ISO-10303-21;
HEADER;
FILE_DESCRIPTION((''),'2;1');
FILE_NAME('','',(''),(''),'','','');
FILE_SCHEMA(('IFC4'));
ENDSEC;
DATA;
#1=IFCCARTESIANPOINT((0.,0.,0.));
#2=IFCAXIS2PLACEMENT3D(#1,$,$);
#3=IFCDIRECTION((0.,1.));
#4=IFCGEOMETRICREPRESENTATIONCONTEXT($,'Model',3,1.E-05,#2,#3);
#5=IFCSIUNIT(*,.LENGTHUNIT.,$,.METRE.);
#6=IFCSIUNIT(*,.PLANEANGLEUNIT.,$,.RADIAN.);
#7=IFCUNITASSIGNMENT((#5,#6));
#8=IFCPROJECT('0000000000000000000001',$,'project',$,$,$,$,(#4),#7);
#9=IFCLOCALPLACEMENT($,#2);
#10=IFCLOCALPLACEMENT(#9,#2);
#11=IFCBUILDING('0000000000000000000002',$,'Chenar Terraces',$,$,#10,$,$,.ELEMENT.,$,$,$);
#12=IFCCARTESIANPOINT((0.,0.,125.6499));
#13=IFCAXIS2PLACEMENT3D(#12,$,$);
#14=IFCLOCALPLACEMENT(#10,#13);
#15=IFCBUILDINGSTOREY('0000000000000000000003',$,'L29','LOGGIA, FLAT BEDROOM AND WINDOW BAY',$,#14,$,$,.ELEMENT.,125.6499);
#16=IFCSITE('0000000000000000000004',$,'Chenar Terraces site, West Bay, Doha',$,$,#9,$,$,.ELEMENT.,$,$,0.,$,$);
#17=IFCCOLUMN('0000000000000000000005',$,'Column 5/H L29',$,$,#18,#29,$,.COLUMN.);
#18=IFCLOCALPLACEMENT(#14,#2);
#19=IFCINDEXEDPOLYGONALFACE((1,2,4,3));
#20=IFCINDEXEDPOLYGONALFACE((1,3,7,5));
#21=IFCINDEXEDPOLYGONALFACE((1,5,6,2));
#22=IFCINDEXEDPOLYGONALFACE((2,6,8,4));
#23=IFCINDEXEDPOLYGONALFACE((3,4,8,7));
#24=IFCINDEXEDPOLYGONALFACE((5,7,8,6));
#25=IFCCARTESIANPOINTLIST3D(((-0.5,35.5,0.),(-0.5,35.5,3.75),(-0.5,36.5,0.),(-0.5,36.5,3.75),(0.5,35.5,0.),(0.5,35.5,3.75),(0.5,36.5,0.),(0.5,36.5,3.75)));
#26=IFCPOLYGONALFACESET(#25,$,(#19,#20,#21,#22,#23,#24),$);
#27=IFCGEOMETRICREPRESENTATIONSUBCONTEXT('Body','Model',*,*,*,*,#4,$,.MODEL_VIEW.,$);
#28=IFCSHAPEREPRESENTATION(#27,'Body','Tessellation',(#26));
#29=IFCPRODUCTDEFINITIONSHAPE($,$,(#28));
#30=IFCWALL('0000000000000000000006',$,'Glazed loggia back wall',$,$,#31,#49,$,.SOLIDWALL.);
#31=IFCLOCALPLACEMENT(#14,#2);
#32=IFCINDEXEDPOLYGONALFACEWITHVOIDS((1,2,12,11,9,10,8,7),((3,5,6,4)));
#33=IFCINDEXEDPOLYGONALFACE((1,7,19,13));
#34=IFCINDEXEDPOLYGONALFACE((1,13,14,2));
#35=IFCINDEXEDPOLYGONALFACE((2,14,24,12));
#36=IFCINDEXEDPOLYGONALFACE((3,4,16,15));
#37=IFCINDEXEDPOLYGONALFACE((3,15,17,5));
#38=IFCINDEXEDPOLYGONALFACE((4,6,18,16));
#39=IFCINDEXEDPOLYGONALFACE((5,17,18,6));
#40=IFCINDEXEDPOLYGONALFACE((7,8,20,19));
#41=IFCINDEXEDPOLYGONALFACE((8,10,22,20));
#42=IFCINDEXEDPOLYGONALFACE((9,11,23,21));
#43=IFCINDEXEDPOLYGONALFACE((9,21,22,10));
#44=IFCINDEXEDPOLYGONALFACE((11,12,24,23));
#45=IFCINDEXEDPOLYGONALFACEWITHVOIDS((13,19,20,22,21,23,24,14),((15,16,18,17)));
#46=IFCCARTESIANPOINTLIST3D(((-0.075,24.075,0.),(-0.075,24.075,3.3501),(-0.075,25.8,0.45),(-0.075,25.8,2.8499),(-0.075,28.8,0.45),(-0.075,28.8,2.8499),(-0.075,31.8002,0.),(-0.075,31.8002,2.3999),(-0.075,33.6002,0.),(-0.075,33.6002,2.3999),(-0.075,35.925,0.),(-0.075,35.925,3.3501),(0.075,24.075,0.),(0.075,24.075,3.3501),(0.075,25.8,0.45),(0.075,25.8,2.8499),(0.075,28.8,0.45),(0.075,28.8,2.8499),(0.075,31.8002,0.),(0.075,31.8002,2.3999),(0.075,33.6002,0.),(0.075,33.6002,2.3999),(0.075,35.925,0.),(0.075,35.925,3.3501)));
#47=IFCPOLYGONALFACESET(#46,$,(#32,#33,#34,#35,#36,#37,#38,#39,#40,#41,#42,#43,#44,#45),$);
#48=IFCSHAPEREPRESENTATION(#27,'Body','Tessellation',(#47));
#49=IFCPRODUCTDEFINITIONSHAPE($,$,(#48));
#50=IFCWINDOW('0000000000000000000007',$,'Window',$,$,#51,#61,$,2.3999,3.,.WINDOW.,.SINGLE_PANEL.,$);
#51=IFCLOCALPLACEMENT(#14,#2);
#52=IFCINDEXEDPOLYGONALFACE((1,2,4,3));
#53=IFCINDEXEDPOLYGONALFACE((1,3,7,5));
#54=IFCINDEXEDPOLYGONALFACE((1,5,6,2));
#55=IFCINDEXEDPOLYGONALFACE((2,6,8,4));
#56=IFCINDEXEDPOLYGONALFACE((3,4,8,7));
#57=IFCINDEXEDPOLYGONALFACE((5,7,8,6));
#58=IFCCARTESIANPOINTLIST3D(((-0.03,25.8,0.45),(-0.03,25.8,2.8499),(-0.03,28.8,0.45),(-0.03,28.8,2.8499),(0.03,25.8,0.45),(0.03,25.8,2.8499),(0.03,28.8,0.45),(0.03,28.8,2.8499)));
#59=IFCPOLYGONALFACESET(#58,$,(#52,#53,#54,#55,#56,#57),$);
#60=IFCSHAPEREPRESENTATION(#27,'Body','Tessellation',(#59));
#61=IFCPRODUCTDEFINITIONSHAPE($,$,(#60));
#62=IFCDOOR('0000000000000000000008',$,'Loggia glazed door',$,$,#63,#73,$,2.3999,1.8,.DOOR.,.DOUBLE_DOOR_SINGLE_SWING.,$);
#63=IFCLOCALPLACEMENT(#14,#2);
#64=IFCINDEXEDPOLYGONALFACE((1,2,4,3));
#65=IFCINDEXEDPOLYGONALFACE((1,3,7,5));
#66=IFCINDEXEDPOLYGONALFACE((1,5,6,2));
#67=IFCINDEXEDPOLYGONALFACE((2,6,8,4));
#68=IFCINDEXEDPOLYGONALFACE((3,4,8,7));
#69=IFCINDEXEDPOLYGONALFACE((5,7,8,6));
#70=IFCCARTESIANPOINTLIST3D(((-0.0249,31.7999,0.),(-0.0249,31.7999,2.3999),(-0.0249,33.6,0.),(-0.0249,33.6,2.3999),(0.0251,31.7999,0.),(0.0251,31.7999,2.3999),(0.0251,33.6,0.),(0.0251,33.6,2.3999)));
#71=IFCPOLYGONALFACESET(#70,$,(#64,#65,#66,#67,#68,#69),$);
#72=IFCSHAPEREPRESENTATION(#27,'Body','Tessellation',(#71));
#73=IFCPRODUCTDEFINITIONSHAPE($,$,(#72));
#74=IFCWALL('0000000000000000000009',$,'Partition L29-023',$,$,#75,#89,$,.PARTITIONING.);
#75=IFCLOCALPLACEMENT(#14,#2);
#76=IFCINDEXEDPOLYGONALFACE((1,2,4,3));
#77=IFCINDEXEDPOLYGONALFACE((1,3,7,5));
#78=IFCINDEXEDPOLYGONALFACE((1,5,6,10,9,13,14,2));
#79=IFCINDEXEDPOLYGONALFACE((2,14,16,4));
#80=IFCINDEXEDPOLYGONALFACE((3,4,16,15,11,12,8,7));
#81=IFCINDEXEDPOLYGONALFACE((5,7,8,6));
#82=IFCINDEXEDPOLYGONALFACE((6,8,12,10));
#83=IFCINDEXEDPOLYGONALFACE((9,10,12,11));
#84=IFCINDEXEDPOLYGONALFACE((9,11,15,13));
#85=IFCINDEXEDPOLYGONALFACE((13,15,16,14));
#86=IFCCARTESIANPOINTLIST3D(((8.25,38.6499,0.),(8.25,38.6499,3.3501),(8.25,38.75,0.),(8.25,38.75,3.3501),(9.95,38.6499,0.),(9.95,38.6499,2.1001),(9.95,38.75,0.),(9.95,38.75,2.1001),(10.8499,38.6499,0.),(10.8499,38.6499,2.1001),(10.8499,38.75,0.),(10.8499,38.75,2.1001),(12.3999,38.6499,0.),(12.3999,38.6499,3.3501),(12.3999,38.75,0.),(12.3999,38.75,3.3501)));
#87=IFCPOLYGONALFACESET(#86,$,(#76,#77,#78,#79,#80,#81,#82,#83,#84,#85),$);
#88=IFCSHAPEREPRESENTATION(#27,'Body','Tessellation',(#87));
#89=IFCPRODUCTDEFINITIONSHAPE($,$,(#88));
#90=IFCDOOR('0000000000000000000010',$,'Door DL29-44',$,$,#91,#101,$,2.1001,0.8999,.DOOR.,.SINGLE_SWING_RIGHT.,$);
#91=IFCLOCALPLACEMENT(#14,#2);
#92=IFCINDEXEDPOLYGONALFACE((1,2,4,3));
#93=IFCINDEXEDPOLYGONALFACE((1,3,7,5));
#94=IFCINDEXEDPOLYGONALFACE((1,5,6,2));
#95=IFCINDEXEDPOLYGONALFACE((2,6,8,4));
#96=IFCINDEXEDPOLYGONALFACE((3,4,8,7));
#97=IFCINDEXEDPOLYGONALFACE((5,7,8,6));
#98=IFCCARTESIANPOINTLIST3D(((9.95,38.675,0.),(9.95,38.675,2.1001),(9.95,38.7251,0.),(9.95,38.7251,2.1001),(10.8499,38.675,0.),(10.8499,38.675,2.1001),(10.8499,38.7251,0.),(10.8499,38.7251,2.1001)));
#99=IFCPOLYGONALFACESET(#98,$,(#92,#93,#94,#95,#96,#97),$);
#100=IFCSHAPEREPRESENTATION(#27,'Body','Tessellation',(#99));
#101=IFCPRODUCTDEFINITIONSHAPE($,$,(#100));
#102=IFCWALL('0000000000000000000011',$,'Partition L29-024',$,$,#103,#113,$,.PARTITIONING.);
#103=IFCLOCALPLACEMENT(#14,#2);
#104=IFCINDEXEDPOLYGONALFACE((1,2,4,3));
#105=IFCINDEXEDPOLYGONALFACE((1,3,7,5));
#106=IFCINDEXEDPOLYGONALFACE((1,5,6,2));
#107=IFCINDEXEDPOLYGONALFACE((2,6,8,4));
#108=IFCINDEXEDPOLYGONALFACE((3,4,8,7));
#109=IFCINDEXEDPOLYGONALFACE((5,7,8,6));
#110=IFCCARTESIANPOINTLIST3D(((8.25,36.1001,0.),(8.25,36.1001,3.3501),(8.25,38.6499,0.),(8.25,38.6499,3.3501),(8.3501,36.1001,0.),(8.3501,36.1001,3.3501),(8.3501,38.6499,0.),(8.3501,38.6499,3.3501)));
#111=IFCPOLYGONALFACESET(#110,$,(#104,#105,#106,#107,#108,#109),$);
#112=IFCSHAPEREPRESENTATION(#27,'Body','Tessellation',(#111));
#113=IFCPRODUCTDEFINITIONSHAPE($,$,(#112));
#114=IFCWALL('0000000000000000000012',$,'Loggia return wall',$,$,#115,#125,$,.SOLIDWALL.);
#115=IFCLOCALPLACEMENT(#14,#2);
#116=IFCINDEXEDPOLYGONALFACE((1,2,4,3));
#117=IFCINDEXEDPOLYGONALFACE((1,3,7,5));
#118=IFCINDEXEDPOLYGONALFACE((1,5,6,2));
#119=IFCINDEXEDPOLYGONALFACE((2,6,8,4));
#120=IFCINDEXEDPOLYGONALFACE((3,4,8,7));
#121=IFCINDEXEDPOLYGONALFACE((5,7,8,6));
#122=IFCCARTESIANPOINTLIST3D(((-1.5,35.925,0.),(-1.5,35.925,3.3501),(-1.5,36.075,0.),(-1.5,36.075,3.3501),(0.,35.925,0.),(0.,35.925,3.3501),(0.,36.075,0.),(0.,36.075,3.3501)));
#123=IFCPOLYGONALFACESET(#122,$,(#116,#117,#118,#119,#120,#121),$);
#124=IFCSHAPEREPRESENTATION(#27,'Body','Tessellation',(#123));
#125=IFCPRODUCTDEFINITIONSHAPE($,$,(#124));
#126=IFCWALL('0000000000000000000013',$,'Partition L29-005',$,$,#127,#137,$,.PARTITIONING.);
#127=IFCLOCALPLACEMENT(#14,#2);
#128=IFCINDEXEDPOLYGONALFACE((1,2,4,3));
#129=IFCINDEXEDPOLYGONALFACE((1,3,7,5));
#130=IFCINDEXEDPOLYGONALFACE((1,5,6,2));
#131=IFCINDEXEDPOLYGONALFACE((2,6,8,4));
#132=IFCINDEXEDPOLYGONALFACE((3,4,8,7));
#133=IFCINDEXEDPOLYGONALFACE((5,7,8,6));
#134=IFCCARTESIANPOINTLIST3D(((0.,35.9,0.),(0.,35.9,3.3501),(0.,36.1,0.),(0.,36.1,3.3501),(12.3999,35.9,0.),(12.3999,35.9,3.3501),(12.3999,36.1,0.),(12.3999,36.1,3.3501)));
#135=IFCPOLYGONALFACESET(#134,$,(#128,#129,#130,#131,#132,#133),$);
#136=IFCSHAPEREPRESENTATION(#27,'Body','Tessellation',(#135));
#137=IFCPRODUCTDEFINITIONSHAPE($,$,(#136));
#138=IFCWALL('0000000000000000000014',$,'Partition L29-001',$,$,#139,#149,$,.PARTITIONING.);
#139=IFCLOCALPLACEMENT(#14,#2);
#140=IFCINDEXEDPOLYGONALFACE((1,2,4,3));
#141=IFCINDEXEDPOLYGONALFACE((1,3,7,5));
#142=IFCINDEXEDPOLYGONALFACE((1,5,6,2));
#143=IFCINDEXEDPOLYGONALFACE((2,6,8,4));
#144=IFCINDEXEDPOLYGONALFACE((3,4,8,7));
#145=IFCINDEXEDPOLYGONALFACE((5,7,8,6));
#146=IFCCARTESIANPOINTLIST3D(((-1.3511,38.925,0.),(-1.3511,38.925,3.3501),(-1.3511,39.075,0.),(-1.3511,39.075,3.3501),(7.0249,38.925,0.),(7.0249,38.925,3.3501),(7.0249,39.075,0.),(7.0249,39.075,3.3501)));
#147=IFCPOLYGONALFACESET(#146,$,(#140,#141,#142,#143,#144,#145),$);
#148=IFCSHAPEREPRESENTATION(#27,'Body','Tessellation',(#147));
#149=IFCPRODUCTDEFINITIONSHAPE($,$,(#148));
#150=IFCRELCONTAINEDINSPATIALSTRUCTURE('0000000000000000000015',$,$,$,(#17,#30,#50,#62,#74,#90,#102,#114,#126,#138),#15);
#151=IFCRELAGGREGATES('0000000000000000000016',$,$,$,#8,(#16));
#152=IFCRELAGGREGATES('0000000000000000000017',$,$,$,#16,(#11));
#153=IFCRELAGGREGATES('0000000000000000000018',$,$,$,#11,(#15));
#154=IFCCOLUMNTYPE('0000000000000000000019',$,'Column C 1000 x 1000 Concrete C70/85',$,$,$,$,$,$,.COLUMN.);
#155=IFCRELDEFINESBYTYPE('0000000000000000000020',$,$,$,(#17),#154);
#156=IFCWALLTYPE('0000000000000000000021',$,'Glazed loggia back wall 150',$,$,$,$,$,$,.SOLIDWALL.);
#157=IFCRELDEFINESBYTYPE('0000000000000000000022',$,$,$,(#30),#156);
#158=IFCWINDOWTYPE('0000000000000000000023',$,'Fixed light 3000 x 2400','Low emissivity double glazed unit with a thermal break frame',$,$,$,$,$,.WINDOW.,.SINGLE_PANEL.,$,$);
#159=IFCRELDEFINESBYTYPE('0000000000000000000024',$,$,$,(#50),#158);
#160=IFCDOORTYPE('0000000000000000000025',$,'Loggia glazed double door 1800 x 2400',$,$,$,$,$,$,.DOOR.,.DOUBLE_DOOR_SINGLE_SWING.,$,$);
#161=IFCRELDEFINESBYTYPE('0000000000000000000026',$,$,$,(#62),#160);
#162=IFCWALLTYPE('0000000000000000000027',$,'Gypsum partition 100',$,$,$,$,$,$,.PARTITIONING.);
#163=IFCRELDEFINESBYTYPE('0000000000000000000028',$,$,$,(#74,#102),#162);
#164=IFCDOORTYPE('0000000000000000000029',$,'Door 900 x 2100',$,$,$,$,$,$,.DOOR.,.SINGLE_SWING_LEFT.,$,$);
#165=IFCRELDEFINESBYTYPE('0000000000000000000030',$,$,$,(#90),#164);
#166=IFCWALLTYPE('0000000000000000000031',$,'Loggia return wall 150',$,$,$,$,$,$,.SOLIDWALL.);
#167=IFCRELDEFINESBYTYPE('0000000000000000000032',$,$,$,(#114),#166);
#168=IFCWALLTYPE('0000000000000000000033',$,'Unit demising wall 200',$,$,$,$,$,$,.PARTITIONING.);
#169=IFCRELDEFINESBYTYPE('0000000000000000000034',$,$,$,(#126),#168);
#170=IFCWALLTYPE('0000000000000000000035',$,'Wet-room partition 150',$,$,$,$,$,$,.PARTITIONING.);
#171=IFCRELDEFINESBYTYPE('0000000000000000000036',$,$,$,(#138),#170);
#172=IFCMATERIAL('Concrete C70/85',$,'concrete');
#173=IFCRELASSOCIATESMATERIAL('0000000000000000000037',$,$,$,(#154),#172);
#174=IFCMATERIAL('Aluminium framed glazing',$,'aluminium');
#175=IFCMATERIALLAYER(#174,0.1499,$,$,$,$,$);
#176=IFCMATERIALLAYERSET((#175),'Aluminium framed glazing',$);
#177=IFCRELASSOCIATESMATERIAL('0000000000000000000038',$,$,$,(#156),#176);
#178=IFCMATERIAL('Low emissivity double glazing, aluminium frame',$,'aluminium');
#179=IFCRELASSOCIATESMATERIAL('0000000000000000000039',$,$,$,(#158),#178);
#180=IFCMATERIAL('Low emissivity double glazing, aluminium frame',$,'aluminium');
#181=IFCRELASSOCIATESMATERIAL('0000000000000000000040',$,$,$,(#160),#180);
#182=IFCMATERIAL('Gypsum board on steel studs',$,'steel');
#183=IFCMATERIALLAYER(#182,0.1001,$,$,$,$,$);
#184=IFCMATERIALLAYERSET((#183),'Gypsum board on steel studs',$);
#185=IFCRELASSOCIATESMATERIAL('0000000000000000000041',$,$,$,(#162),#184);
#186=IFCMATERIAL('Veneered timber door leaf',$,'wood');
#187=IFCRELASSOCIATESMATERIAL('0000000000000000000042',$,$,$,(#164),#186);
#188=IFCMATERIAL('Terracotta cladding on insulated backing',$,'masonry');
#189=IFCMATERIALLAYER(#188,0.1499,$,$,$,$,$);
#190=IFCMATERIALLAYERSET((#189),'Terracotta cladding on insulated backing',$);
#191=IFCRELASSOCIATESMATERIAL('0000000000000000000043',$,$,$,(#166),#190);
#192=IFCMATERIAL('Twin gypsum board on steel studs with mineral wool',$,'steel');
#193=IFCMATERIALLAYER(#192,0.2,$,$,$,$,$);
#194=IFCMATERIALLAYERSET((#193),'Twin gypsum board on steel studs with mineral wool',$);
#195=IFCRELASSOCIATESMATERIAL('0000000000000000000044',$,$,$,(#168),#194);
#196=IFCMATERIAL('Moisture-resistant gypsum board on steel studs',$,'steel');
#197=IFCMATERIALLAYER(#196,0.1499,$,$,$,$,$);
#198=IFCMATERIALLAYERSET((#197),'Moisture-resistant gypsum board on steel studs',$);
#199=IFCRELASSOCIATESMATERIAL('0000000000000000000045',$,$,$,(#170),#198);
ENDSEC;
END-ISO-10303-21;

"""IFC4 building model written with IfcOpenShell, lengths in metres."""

from ifc_helpers import new_model, si_unit, direction, frame, frame_2d, origin, origin_2d, place, context, subcontext, project, spatial, rectangle, extrude, material, layer, layer_set, material_profile, profile_set, type_object, element, fill, save


model = new_model("IFC4")

# Units and contexts
model_context = context("Model", 3, precision=1e-05, world=origin(), true_north=direction((0.0, 1.0)))
body_context = subcontext(model_context, "Body", "Model", "MODEL_VIEW")
ifc_project = project(units=[si_unit("LENGTHUNIT", "METRE"), si_unit("PLANEANGLEUNIT", "RADIAN")], contexts=[model_context])

# Site, building, storey
site_placement = place(None, origin())
site = spatial("IfcSite", under=ifc_project, at=site_placement, Name="Chenar Terraces site, West Bay, Doha", CompositionType="ELEMENT", RefElevation=0.0)
building_placement = place(site_placement, origin())
building = spatial("IfcBuilding", under=site, at=building_placement, Name="Chenar Terraces", CompositionType="ELEMENT")
storey_placement = place(building_placement, frame((0.0, 0.0, 125.6499)))
storey = spatial("IfcBuildingStorey", under=building, at=storey_placement, Name="L29", Description="LOGGIA, FLAT BEDROOM AND WINDOW BAY", CompositionType="ELEMENT", Elevation=125.6499)

# Column
ifc_material_1 = material(Name="Concrete C70/85", Category="concrete")
ifc_material_profile = material_profile(ifc_material_1, rectangle(XDim=1.0, YDim=1.0, at=origin_2d()), Name="C 1000 x 1000")
ifc_profile_set = profile_set([ifc_material_profile], Name="Concrete C70/85")
column_type = type_object("IfcColumnType", Name="Column C 1000 x 1000 Concrete C70/85", PredefinedType="COLUMN", material=ifc_profile_set)
placement = place(storey_placement, frame((0.0, 36.0, 0.0), z_axis=(0.0, 0.0, 1.0), x_axis=(1.0, 0.0, 0.0)))
element("IfcColumn", 1, at=placement, inside=storey, type_object=column_type, Name="Column 5/H L29", PredefinedType="COLUMN", context=body_context, shape_type="SweptSolid", body=[
    extrude(rectangle(XDim=1.0, YDim=1.0, at=origin_2d()), origin(), (0.0, 0.0, 1.0), 3.75),
])

# Wall, openings, window, door
ifc_material_2 = material(Name="Aluminium framed glazing", Category="aluminium")
ifc_layer_1 = layer(ifc_material_2, 0.1499)
ifc_layer_set_1 = layer_set([ifc_layer_1], Name="Aluminium framed glazing")
wall_type_1 = type_object("IfcWallType", Name="Glazed loggia back wall 150", PredefinedType="SOLIDWALL", material=ifc_layer_set_1)
wall_1_placement = place(storey_placement, frame((0.0, 35.925, 0.0), z_axis=(0.0, 0.0, 1.0), x_axis=(0.0, -1.0, 0.0)))
wall_1 = element("IfcWall", 2, at=wall_1_placement, inside=storey, type_object=wall_type_1, Name="Glazed loggia back wall", PredefinedType="SOLIDWALL", context=body_context, shape_type="SweptSolid", body=[
    extrude(rectangle(XDim=11.8501, YDim=0.1499, at=frame_2d((5.925, 0.0))), origin(), (0.0, 0.0, 1.0), 3.3501),
])
opening_1_placement = place(wall_1_placement, frame((2.325, 0.0, 0.0)))
opening_1 = element("IfcOpeningElement", 3, at=opening_1_placement, cuts=wall_1, PredefinedType="OPENING", context=body_context, shape_type="SweptSolid", body=[
    extrude(rectangle(XDim=1.8, YDim=2.3999, at=frame_2d((0.8999, 1.2))), frame((0.0, 0.085, 0.0), z_axis=(0.0, -1.0, 0.0), x_axis=(1.0, 0.0, 0.0)), (0.0, 0.0, 1.0), 0.1699),
])
opening_2_placement = place(wall_1_placement, frame((7.125, 0.0, 0.45)))
opening_2 = element("IfcOpeningElement", 4, at=opening_2_placement, cuts=wall_1, PredefinedType="OPENING", context=body_context, shape_type="SweptSolid", body=[
    extrude(rectangle(XDim=3.0, YDim=2.3999, at=frame_2d((1.5, 1.2))), frame((0.0, 0.085, 0.0), z_axis=(0.0, -1.0, 0.0), x_axis=(1.0, 0.0, 0.0)), (0.0, 0.0, 1.0), 0.1699),
])
ifc_material_3 = material(Name="Low emissivity double glazing, aluminium frame", Category="aluminium")
window_type = type_object("IfcWindowType", Name="Fixed light 3000 x 2400", Description="Low emissivity double glazed unit with a thermal break frame", PartitioningType="SINGLE_PANEL", PredefinedType="WINDOW", material=ifc_material_3)
window_placement = place(opening_2_placement, origin())
window = element("IfcWindow", 5, at=window_placement, inside=storey, type_object=window_type, Name="Window", OverallHeight=2.3999, OverallWidth=3.0, PartitioningType="SINGLE_PANEL", PredefinedType="WINDOW", context=body_context, shape_type="SweptSolid", body=[
    extrude(rectangle(XDim=3.0, YDim=2.3999, at=frame_2d((1.5, 1.2))), frame((0.0, 0.03, 0.0), z_axis=(0.0, -1.0, 0.0), x_axis=(1.0, 0.0, 0.0)), (0.0, 0.0, 1.0), 0.0601),
])
fill(opening_2, window)
ifc_material_4 = material(Name="Low emissivity double glazing, aluminium frame", Category="aluminium")
door_type_1 = type_object("IfcDoorType", Name="Loggia glazed double door 1800 x 2400", OperationType="DOUBLE_DOOR_SINGLE_SWING", PredefinedType="DOOR", material=ifc_material_4)
door_1_placement = place(opening_1_placement, frame((1.8, 0.0, 0.0), z_axis=(0.0, 0.0, 1.0), x_axis=(-1.0, 0.0, 0.0)))
door_1 = element("IfcDoor", 6, at=door_1_placement, inside=storey, type_object=door_type_1, Name="Loggia glazed door", OperationType="DOUBLE_DOOR_SINGLE_SWING", OverallHeight=2.3999, OverallWidth=1.8, PredefinedType="DOOR", context=body_context, shape_type="SweptSolid", body=[
    extrude(rectangle(XDim=1.8, YDim=2.3999, at=frame_2d((0.8999, 1.2))), frame((0.0, 0.0249, 0.0), z_axis=(0.0, -1.0, 0.0), x_axis=(1.0, 0.0, 0.0)), (0.0, 0.0, 1.0), 0.05),
])
fill(opening_1, door_1)

# Wall, opening, door
ifc_material_5 = material(Name="Gypsum board on steel studs", Category="steel")
ifc_layer_2 = layer(ifc_material_5, 0.1001)
ifc_layer_set_2 = layer_set([ifc_layer_2], Name="Gypsum board on steel studs")
wall_type_2 = type_object("IfcWallType", Name="Gypsum partition 100", PredefinedType="PARTITIONING", material=ifc_layer_set_2)
wall_2_placement = place(storey_placement, frame((8.25, 38.7, 0.0), z_axis=(0.0, 0.0, 1.0), x_axis=(1.0, 0.0, 0.0)))
wall_2 = element("IfcWall", 7, at=wall_2_placement, inside=storey, type_object=wall_type_2, Name="Partition L29-023", PredefinedType="PARTITIONING", context=body_context, shape_type="SweptSolid", body=[
    extrude(rectangle(XDim=4.1499, YDim=0.1001, at=frame_2d((2.075, 0.0))), origin(), (0.0, 0.0, 1.0), 3.3501),
])
opening_3_placement = place(wall_2_placement, frame((1.7, 0.0, 0.0)))
opening_3 = element("IfcOpeningElement", 8, at=opening_3_placement, cuts=wall_2, PredefinedType="OPENING", context=body_context, shape_type="SweptSolid", body=[
    extrude(rectangle(XDim=0.8999, YDim=2.1001, at=frame_2d((0.45, 1.05))), frame((0.0, 0.0601, 0.0), z_axis=(0.0, -1.0, 0.0), x_axis=(1.0, 0.0, 0.0)), (0.0, 0.0, 1.0), 0.1201),
])
ifc_material_6 = material(Name="Veneered timber door leaf", Category="wood")
door_type_2 = type_object("IfcDoorType", Name="Door 900 x 2100", OperationType="SINGLE_SWING_LEFT", PredefinedType="DOOR", material=ifc_material_6)
door_2_placement = place(opening_3_placement, frame((0.8999, 0.0, 0.0), z_axis=(0.0, 0.0, 1.0), x_axis=(-1.0, 0.0, 0.0)))
door_2 = element("IfcDoor", 9, at=door_2_placement, inside=storey, type_object=door_type_2, Name="Door DL29-44", OperationType="SINGLE_SWING_RIGHT", OverallHeight=2.1001, OverallWidth=0.8999, PredefinedType="DOOR", context=body_context, shape_type="SweptSolid", body=[
    extrude(rectangle(XDim=0.8999, YDim=2.1001, at=frame_2d((0.45, 1.05))), frame((0.0, 0.0249, 0.0), z_axis=(0.0, -1.0, 0.0), x_axis=(1.0, 0.0, 0.0)), (0.0, 0.0, 1.0), 0.05),
])
fill(opening_3, door_2)

# Walls
wall_3_placement = place(storey_placement, frame((8.3, 36.1001, 0.0), z_axis=(0.0, 0.0, 1.0), x_axis=(0.0, 1.0, 0.0)))
element("IfcWall", 10, at=wall_3_placement, inside=storey, type_object=wall_type_2, Name="Partition L29-024", PredefinedType="PARTITIONING", context=body_context, shape_type="SweptSolid", body=[
    extrude(rectangle(XDim=2.5498, YDim=0.1001, at=frame_2d((1.2749, 0.0))), origin(), (0.0, 0.0, 1.0), 3.3501),
])
ifc_material_7 = material(Name="Terracotta cladding on insulated backing", Category="masonry")
ifc_layer_3 = layer(ifc_material_7, 0.1499)
ifc_layer_set_3 = layer_set([ifc_layer_3], Name="Terracotta cladding on insulated backing")
wall_type_3 = type_object("IfcWallType", Name="Loggia return wall 150", PredefinedType="SOLIDWALL", material=ifc_layer_set_3)
wall_4_placement = place(storey_placement, frame((-1.5, 36.0, 0.0), z_axis=(0.0, 0.0, 1.0), x_axis=(1.0, 0.0, 0.0)))
element("IfcWall", 11, at=wall_4_placement, inside=storey, type_object=wall_type_3, Name="Loggia return wall", PredefinedType="SOLIDWALL", context=body_context, shape_type="SweptSolid", body=[
    extrude(rectangle(XDim=1.5, YDim=0.1499, at=frame_2d((0.75, 0.0))), origin(), (0.0, 0.0, 1.0), 3.3501),
])
ifc_material_8 = material(Name="Twin gypsum board on steel studs with mineral wool", Category="steel")
ifc_layer_4 = layer(ifc_material_8, 0.2)
ifc_layer_set_4 = layer_set([ifc_layer_4], Name="Twin gypsum board on steel studs with mineral wool")
wall_type_4 = type_object("IfcWallType", Name="Unit demising wall 200", PredefinedType="PARTITIONING", material=ifc_layer_set_4)
element("IfcWall", 12, at=placement, inside=storey, type_object=wall_type_4, Name="Partition L29-005", PredefinedType="PARTITIONING", context=body_context, shape_type="SweptSolid", body=[
    extrude(rectangle(XDim=12.3999, YDim=0.2, at=frame_2d((6.2, 0.0))), origin(), (0.0, 0.0, 1.0), 3.3501),
])
ifc_material_9 = material(Name="Moisture-resistant gypsum board on steel studs", Category="steel")
ifc_layer_5 = layer(ifc_material_9, 0.1499)
ifc_layer_set_5 = layer_set([ifc_layer_5], Name="Moisture-resistant gypsum board on steel studs")
wall_type_5 = type_object("IfcWallType", Name="Wet-room partition 150", PredefinedType="PARTITIONING", material=ifc_layer_set_5)
wall_5_placement = place(storey_placement, frame((-1.3511, 39.0, 0.0), z_axis=(0.0, 0.0, 1.0), x_axis=(1.0, 0.0, 0.0)))
element("IfcWall", 13, at=wall_5_placement, inside=storey, type_object=wall_type_5, Name="Partition L29-001", PredefinedType="PARTITIONING", context=body_context, shape_type="SweptSolid", body=[
    extrude(rectangle(XDim=8.376, YDim=0.1499, at=frame_2d((4.188, 0.0))), origin(), (0.0, 0.0, 1.0), 3.3501),
])

save(model, "model.ifc")
